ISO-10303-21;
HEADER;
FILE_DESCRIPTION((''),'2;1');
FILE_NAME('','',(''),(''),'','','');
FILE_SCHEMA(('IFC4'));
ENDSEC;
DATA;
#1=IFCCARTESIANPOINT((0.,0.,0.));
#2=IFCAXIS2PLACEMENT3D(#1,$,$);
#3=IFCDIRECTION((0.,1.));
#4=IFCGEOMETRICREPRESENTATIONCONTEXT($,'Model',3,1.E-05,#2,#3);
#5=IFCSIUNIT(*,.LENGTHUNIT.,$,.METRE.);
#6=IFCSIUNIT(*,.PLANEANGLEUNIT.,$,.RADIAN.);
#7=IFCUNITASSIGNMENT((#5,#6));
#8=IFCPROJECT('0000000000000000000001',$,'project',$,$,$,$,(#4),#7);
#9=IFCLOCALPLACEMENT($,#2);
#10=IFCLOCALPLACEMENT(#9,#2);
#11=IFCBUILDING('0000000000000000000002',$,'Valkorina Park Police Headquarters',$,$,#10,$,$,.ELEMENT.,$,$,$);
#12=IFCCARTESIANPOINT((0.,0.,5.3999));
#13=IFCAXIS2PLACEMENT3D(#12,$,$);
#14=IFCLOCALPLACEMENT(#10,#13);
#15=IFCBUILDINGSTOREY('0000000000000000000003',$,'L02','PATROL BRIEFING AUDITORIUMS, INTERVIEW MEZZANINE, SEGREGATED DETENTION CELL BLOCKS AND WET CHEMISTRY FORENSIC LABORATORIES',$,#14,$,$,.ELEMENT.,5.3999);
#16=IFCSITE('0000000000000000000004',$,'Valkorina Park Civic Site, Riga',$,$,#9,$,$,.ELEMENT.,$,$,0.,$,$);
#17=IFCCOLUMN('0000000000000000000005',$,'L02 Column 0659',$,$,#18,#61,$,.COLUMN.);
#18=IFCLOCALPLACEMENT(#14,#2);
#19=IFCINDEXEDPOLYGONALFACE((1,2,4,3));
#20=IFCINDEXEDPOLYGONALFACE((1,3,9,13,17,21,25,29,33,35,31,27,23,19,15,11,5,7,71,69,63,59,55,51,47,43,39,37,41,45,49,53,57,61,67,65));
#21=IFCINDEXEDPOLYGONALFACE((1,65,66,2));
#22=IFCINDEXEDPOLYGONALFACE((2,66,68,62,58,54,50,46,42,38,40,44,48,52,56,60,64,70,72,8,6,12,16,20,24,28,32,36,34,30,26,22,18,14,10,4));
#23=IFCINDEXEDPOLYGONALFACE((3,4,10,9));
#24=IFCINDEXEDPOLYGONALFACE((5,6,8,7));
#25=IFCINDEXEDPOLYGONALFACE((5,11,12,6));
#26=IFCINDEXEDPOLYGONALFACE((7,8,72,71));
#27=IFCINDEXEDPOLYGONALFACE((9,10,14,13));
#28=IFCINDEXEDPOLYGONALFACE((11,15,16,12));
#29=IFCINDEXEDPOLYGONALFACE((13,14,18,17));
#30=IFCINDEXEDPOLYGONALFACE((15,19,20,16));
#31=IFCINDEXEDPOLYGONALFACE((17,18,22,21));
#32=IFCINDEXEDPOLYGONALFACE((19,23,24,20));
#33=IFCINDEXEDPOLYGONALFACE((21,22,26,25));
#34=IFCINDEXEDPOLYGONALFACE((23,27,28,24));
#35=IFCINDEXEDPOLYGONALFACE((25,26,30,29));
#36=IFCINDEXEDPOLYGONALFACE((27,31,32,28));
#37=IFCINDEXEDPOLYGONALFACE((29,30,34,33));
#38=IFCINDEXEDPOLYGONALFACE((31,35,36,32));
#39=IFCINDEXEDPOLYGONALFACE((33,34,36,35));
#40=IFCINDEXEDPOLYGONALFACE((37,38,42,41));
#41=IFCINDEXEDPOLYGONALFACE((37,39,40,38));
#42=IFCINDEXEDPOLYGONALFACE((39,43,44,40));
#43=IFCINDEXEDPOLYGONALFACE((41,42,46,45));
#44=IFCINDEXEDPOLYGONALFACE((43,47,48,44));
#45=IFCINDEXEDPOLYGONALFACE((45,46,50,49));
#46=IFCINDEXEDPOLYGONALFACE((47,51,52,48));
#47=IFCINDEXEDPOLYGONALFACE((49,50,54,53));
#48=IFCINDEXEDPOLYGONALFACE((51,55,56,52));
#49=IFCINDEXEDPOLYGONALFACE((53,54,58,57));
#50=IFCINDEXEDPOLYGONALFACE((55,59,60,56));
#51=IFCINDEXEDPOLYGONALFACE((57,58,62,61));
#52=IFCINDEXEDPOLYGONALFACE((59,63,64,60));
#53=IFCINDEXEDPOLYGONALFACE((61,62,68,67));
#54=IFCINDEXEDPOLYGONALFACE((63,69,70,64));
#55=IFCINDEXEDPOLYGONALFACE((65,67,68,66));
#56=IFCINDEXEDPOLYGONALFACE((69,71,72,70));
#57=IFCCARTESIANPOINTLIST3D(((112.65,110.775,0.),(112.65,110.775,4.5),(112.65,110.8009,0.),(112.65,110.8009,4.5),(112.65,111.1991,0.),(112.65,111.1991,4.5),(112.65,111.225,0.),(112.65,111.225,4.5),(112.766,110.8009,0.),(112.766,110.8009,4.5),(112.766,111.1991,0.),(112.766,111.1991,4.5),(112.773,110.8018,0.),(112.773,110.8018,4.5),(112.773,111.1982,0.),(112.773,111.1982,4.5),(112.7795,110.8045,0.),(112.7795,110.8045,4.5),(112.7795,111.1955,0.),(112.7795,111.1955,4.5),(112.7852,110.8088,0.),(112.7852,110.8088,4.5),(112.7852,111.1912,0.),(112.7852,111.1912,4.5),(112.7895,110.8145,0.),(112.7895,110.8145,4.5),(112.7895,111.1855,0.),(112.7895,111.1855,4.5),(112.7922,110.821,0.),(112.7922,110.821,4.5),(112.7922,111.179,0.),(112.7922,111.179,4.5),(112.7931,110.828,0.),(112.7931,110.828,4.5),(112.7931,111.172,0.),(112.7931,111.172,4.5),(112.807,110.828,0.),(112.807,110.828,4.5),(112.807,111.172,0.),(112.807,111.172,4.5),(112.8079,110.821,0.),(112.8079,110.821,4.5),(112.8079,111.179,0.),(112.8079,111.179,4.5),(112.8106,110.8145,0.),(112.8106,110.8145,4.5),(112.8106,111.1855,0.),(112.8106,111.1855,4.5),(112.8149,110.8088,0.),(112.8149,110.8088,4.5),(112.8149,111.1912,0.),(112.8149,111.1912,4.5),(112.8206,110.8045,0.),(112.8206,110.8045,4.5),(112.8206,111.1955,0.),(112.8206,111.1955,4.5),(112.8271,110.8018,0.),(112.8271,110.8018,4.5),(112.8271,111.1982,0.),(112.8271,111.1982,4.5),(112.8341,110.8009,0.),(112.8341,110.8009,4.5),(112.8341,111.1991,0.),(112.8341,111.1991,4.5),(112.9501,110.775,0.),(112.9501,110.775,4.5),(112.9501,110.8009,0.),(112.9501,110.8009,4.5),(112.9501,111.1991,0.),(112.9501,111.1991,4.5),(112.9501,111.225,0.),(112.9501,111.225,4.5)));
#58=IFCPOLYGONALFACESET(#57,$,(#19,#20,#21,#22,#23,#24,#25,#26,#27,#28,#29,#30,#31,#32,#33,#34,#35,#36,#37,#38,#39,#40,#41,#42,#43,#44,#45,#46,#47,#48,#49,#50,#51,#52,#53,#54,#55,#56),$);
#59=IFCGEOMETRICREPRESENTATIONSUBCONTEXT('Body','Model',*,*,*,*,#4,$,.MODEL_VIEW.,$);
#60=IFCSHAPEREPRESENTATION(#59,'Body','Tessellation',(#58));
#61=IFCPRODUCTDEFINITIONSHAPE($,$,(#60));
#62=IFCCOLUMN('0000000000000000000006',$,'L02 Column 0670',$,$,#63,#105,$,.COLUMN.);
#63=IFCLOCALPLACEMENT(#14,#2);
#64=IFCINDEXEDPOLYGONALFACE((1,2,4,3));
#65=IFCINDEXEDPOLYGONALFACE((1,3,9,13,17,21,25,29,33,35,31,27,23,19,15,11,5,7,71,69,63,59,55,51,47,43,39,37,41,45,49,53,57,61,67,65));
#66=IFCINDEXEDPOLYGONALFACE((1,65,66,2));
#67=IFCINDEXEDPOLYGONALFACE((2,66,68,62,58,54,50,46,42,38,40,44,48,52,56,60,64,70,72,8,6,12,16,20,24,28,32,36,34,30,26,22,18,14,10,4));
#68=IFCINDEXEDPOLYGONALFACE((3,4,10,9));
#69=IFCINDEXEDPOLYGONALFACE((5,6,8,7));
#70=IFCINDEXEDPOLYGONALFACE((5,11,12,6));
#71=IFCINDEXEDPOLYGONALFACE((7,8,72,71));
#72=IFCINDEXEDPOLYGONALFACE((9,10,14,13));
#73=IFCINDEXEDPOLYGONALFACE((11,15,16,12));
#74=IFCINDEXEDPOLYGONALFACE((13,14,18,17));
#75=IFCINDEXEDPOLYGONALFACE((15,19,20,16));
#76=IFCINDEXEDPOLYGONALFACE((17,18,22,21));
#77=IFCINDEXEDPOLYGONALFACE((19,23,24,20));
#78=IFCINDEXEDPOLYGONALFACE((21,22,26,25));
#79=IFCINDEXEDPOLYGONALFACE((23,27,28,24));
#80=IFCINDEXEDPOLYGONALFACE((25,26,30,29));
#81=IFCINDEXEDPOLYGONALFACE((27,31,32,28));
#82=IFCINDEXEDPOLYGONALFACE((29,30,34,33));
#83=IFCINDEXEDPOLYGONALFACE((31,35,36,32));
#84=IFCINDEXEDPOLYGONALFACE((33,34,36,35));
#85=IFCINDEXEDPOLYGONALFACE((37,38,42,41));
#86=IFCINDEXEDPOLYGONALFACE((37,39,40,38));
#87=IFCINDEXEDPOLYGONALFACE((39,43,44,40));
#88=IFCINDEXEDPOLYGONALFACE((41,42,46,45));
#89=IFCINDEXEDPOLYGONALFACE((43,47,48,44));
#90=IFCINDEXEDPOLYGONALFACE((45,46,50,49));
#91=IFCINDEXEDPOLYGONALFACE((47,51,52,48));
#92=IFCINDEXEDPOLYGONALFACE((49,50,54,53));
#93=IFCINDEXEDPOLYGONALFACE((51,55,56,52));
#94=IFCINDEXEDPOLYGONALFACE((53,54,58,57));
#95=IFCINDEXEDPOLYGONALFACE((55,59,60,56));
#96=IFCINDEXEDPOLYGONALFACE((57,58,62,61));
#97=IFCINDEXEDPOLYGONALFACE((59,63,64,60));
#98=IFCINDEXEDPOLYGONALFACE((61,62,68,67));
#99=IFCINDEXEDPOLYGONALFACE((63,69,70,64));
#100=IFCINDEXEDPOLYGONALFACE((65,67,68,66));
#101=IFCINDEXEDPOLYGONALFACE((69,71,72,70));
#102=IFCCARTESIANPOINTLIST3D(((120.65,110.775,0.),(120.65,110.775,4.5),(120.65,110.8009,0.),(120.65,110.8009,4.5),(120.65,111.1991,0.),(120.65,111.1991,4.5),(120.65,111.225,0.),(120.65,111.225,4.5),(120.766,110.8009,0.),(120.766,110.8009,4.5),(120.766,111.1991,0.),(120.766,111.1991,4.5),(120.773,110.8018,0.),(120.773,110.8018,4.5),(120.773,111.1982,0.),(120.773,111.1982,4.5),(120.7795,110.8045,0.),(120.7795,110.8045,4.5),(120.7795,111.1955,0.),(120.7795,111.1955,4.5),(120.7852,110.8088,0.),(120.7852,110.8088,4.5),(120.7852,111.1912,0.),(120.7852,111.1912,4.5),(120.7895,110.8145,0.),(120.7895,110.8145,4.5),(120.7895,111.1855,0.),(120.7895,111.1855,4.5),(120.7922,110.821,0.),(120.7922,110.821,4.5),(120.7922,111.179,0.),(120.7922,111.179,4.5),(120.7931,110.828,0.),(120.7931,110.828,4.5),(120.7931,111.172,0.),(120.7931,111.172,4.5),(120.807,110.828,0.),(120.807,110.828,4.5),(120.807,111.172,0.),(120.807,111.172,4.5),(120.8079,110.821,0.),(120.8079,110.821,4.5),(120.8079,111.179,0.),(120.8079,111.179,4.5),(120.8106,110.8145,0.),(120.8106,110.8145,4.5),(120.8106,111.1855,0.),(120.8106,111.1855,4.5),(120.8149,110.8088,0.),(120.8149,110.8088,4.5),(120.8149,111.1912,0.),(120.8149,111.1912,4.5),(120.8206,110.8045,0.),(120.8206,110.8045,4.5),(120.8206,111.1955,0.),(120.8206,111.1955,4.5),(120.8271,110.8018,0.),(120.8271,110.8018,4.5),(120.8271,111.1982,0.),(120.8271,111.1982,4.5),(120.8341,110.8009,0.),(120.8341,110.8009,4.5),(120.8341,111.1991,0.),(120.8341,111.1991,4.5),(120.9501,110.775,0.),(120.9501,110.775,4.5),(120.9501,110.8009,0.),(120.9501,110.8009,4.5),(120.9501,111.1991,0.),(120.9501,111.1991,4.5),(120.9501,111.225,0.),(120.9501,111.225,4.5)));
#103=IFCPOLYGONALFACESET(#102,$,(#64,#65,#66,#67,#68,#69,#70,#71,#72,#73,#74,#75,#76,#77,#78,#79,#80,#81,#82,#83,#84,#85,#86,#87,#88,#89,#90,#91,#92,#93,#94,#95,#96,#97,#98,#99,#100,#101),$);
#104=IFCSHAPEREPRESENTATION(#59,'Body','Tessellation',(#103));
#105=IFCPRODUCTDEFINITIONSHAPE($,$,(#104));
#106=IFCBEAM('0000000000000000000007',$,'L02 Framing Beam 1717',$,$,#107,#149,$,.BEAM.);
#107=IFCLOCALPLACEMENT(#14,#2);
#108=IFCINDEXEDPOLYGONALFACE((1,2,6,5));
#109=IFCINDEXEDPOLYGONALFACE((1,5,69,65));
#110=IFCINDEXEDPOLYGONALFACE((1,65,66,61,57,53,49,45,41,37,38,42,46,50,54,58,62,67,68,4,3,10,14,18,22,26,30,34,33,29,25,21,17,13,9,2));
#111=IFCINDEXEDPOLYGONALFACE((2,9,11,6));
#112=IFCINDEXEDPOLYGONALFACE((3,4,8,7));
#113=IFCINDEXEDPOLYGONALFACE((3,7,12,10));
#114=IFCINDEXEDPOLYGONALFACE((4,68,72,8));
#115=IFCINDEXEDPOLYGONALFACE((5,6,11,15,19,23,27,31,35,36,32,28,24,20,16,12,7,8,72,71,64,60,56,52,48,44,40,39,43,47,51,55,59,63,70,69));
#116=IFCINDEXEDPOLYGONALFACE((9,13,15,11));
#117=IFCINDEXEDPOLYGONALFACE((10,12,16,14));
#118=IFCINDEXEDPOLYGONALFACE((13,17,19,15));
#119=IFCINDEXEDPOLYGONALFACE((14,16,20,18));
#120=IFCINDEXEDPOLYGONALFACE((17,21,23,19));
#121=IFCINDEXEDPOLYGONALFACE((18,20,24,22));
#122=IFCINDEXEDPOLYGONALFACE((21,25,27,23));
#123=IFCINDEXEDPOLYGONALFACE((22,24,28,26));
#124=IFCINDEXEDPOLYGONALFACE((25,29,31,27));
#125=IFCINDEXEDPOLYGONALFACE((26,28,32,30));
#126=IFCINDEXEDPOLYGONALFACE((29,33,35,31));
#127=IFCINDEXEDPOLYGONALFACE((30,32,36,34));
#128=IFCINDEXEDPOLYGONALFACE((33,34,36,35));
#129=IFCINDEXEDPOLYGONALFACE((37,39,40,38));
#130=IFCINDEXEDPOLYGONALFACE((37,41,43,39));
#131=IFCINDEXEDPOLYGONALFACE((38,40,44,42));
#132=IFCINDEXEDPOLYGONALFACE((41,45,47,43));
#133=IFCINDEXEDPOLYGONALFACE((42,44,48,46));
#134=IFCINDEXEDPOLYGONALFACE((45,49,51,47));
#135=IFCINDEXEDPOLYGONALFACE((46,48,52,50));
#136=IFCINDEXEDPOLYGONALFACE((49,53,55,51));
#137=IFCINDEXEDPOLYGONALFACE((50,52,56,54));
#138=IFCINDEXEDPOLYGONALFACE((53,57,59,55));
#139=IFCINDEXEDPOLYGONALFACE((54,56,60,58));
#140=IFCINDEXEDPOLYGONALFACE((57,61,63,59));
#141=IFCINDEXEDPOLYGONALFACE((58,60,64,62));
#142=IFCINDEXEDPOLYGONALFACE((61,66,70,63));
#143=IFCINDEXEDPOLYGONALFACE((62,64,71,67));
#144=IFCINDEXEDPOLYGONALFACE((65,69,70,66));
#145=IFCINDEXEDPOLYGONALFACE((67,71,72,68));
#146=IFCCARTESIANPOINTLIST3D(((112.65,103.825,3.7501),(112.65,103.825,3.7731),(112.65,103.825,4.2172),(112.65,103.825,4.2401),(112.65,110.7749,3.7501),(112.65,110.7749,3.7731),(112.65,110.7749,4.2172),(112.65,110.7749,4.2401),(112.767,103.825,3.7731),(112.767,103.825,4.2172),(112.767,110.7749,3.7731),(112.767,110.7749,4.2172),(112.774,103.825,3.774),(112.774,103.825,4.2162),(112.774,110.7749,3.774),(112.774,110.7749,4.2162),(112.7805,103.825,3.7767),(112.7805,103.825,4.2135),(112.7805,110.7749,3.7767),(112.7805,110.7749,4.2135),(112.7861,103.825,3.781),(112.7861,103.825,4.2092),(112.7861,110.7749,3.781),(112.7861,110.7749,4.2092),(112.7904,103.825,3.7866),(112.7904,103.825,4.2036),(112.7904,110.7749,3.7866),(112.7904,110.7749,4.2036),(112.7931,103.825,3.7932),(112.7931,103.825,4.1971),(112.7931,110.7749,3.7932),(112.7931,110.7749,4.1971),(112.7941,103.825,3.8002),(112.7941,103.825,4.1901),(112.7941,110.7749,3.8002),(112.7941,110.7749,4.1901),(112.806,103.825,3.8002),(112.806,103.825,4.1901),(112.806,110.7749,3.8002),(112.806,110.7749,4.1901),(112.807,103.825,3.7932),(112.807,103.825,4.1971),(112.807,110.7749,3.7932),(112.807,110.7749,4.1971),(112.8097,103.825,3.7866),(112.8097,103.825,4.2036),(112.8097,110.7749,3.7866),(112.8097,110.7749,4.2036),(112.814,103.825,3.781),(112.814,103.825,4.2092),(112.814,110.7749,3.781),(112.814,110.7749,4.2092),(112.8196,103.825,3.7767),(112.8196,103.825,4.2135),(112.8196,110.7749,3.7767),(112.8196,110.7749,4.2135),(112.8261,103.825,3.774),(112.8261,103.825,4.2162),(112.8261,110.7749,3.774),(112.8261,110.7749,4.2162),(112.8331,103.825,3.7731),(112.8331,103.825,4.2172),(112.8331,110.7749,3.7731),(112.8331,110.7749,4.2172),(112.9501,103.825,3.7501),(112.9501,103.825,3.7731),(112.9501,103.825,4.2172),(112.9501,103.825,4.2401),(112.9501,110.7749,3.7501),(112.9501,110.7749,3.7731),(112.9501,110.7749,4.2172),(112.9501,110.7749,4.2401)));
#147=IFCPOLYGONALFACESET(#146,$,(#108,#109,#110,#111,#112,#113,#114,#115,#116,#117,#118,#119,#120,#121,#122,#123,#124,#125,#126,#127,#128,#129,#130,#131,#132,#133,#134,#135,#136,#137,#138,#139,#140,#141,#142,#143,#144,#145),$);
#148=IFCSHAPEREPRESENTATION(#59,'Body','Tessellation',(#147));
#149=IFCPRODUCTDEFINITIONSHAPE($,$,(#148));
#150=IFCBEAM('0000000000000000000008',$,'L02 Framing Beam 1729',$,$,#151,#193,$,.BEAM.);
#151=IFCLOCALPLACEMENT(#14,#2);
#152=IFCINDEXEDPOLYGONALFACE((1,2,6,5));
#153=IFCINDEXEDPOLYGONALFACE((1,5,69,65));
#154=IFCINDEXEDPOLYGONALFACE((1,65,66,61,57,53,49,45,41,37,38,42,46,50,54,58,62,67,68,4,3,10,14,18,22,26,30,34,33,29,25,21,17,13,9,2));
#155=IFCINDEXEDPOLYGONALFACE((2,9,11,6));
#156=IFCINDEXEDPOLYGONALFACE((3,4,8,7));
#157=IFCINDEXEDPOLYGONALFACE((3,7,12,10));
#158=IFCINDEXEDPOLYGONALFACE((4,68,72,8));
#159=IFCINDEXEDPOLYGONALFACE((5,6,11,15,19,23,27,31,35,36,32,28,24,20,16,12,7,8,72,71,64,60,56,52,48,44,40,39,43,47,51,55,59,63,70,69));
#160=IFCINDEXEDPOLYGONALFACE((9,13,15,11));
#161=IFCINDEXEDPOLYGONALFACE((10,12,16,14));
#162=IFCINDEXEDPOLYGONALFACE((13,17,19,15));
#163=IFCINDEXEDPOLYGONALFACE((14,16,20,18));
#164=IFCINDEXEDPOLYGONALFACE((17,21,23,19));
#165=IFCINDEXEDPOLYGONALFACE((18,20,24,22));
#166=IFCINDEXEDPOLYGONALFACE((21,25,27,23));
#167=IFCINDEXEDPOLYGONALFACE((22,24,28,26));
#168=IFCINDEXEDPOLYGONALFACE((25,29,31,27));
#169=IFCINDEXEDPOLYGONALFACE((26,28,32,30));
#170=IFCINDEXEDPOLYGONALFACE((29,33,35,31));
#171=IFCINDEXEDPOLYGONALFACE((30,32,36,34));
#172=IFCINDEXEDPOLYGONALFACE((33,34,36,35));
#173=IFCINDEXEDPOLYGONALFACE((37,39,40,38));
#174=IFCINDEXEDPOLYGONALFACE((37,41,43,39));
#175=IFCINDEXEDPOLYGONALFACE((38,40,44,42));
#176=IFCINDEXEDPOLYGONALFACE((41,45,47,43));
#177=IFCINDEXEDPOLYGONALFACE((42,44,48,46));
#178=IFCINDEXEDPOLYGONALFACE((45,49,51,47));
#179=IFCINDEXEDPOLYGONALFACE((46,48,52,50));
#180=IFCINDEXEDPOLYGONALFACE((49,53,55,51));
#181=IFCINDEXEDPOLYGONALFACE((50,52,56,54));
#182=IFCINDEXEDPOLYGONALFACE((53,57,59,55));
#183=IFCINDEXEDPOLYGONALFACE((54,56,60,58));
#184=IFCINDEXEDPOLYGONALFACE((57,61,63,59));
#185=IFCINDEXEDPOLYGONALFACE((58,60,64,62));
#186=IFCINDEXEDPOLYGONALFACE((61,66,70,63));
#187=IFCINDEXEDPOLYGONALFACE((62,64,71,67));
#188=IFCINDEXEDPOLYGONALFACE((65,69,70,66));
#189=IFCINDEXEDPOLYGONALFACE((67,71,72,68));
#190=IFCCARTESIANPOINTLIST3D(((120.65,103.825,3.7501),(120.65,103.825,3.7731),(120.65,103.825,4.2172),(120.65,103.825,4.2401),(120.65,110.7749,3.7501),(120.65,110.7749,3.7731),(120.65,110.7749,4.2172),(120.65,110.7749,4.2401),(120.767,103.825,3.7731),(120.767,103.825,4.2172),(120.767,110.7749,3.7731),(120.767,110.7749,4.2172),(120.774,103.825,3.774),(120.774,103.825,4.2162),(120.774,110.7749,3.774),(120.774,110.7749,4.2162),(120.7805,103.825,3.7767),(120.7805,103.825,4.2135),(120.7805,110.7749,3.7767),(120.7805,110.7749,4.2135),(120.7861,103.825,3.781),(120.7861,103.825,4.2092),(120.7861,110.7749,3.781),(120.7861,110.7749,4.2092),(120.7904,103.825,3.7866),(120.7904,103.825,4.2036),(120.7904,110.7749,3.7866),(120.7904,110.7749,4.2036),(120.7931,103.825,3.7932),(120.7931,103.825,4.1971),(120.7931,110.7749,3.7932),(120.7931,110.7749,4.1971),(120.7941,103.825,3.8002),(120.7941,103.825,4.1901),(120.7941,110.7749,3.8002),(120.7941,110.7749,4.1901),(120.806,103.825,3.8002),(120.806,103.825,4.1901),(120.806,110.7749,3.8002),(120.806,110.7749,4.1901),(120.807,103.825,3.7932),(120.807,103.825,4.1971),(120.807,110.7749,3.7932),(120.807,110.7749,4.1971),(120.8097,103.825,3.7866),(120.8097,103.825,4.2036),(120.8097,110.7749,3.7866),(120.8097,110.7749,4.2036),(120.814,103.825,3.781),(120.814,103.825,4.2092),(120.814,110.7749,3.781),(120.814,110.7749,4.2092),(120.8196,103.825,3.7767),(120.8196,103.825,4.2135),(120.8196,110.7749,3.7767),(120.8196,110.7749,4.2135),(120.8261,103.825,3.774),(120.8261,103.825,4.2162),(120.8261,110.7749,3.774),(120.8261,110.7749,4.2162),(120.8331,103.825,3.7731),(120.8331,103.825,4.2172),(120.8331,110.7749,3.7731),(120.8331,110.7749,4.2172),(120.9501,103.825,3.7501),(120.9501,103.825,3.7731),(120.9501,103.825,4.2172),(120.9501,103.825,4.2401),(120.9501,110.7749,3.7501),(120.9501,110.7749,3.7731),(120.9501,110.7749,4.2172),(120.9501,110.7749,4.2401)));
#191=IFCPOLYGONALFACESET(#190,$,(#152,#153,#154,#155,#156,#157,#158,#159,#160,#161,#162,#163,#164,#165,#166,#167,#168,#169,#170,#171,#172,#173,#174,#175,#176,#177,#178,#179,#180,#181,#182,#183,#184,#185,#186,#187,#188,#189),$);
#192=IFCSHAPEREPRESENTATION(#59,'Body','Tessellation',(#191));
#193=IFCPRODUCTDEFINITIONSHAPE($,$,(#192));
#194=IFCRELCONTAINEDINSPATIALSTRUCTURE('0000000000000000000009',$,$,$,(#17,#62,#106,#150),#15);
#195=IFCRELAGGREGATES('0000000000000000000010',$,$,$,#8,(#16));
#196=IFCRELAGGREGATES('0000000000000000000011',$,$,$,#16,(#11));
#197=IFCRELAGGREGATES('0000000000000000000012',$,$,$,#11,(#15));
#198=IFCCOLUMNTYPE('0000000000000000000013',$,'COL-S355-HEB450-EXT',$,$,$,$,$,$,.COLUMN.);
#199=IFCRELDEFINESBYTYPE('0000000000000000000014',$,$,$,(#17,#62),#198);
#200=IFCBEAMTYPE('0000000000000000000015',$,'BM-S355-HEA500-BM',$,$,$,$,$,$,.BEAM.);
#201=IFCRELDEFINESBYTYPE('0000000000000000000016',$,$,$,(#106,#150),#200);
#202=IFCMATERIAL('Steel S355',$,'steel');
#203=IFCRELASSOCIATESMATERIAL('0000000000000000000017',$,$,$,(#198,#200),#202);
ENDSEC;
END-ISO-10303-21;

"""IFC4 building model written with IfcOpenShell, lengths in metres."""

from ifc_helpers import new_model, si_unit, direction, frame, origin, origin_2d, place, context, subcontext, project, spatial, i_section, extrude, material, material_profile, profile_set, type_object, element, save


model = new_model("IFC4")

# Units and contexts
model_context = context("Model", 3, precision=1e-05, world=origin(), true_north=direction((0.0, 1.0)))
body_context = subcontext(model_context, "Body", "Model", "MODEL_VIEW")
ifc_project = project(units=[si_unit("LENGTHUNIT", "METRE"), si_unit("PLANEANGLEUNIT", "RADIAN")], contexts=[model_context])

# Site, building, storey
site_placement = place(None, origin())
site = spatial("IfcSite", under=ifc_project, at=site_placement, Name="Valkorina Park Civic Site, Riga", CompositionType="ELEMENT", RefElevation=0.0)
building_placement = place(site_placement, origin())
building = spatial("IfcBuilding", under=site, at=building_placement, Name="Valkorina Park Police Headquarters", CompositionType="ELEMENT")
storey_placement = place(building_placement, frame((0.0, 0.0, 5.3999)))
storey = spatial("IfcBuildingStorey", under=building, at=storey_placement, Name="L02", Description="PATROL BRIEFING AUDITORIUMS, INTERVIEW MEZZANINE, SEGREGATED DETENTION CELL BLOCKS AND WET CHEMISTRY FORENSIC LABORATORIES", CompositionType="ELEMENT", Elevation=5.3999)

# Columns
ifc_material_1 = material(Name="Steel S355", Category="steel")
ifc_material_profile_1 = material_profile(ifc_material_1, i_section(OverallWidth=0.3, OverallDepth=0.45, WebThickness=0.0139, FlangeThickness=0.0259, FilletRadius=0.0271, at=origin_2d()), Name="HEB 450")
ifc_profile_set_1 = profile_set([ifc_material_profile_1], Name="Steel S355")
column_type = type_object("IfcColumnType", Name="COL-S355-HEB450-EXT", PredefinedType="COLUMN", material=ifc_profile_set_1)
for number, where, z_axis, x_axis, name in (
    (1, (112.8, 111.0, 0.0), (0.0, 0.0, 1.0), (1.0, 0.0, 0.0), "L02 Column 0659"),
    (2, (120.8, 111.0, 0.0), (0.0, 0.0, 1.0), (1.0, 0.0, 0.0), "L02 Column 0670"),
):
    element("IfcColumn", number, at=place(storey_placement, frame(where, z_axis=z_axis, x_axis=x_axis)), inside=storey, type_object=column_type, Name=name, PredefinedType="COLUMN", context=body_context, shape_type="SweptSolid", body=[
        extrude(i_section(OverallWidth=0.3, OverallDepth=0.45, WebThickness=0.0139, FlangeThickness=0.0259, FilletRadius=0.0271, at=origin_2d()), origin(), (0.0, 0.0, 1.0), 4.5),
    ])

# Beams
ifc_material_profile_2 = material_profile(ifc_material_1, i_section(OverallWidth=0.3, OverallDepth=0.49, WebThickness=0.012, FlangeThickness=0.0229, FilletRadius=0.0271, at=origin_2d()), Name="HEA 500")
ifc_profile_set_2 = profile_set([ifc_material_profile_2], Name="Steel S355")
beam_type_1 = type_object("IfcBeamType", Name="BM-S355-HEA500-BM", PredefinedType="BEAM", material=ifc_profile_set_2)
for number, where, z_axis, x_axis, name in (
    (3, (112.8, 103.825, 3.9951), (0.0, 1.0, 0.0), (-1.0, 0.0, 0.0), "L02 Framing Beam 1717"),
    (4, (120.8, 103.825, 3.9951), (0.0, 1.0, 0.0), (-1.0, 0.0, 0.0), "L02 Framing Beam 1729"),
):
    element("IfcBeam", number, at=place(storey_placement, frame(where, z_axis=z_axis, x_axis=x_axis)), inside=storey, type_object=beam_type_1, Name=name, PredefinedType="BEAM", context=body_context, shape_type="SweptSolid", body=[
        extrude(i_section(OverallWidth=0.3, OverallDepth=0.49, WebThickness=0.012, FlangeThickness=0.0229, FilletRadius=0.0271, at=origin_2d()), origin(), (0.0, 0.0, 1.0), 6.95),
    ])

save(model, "model.ifc")
